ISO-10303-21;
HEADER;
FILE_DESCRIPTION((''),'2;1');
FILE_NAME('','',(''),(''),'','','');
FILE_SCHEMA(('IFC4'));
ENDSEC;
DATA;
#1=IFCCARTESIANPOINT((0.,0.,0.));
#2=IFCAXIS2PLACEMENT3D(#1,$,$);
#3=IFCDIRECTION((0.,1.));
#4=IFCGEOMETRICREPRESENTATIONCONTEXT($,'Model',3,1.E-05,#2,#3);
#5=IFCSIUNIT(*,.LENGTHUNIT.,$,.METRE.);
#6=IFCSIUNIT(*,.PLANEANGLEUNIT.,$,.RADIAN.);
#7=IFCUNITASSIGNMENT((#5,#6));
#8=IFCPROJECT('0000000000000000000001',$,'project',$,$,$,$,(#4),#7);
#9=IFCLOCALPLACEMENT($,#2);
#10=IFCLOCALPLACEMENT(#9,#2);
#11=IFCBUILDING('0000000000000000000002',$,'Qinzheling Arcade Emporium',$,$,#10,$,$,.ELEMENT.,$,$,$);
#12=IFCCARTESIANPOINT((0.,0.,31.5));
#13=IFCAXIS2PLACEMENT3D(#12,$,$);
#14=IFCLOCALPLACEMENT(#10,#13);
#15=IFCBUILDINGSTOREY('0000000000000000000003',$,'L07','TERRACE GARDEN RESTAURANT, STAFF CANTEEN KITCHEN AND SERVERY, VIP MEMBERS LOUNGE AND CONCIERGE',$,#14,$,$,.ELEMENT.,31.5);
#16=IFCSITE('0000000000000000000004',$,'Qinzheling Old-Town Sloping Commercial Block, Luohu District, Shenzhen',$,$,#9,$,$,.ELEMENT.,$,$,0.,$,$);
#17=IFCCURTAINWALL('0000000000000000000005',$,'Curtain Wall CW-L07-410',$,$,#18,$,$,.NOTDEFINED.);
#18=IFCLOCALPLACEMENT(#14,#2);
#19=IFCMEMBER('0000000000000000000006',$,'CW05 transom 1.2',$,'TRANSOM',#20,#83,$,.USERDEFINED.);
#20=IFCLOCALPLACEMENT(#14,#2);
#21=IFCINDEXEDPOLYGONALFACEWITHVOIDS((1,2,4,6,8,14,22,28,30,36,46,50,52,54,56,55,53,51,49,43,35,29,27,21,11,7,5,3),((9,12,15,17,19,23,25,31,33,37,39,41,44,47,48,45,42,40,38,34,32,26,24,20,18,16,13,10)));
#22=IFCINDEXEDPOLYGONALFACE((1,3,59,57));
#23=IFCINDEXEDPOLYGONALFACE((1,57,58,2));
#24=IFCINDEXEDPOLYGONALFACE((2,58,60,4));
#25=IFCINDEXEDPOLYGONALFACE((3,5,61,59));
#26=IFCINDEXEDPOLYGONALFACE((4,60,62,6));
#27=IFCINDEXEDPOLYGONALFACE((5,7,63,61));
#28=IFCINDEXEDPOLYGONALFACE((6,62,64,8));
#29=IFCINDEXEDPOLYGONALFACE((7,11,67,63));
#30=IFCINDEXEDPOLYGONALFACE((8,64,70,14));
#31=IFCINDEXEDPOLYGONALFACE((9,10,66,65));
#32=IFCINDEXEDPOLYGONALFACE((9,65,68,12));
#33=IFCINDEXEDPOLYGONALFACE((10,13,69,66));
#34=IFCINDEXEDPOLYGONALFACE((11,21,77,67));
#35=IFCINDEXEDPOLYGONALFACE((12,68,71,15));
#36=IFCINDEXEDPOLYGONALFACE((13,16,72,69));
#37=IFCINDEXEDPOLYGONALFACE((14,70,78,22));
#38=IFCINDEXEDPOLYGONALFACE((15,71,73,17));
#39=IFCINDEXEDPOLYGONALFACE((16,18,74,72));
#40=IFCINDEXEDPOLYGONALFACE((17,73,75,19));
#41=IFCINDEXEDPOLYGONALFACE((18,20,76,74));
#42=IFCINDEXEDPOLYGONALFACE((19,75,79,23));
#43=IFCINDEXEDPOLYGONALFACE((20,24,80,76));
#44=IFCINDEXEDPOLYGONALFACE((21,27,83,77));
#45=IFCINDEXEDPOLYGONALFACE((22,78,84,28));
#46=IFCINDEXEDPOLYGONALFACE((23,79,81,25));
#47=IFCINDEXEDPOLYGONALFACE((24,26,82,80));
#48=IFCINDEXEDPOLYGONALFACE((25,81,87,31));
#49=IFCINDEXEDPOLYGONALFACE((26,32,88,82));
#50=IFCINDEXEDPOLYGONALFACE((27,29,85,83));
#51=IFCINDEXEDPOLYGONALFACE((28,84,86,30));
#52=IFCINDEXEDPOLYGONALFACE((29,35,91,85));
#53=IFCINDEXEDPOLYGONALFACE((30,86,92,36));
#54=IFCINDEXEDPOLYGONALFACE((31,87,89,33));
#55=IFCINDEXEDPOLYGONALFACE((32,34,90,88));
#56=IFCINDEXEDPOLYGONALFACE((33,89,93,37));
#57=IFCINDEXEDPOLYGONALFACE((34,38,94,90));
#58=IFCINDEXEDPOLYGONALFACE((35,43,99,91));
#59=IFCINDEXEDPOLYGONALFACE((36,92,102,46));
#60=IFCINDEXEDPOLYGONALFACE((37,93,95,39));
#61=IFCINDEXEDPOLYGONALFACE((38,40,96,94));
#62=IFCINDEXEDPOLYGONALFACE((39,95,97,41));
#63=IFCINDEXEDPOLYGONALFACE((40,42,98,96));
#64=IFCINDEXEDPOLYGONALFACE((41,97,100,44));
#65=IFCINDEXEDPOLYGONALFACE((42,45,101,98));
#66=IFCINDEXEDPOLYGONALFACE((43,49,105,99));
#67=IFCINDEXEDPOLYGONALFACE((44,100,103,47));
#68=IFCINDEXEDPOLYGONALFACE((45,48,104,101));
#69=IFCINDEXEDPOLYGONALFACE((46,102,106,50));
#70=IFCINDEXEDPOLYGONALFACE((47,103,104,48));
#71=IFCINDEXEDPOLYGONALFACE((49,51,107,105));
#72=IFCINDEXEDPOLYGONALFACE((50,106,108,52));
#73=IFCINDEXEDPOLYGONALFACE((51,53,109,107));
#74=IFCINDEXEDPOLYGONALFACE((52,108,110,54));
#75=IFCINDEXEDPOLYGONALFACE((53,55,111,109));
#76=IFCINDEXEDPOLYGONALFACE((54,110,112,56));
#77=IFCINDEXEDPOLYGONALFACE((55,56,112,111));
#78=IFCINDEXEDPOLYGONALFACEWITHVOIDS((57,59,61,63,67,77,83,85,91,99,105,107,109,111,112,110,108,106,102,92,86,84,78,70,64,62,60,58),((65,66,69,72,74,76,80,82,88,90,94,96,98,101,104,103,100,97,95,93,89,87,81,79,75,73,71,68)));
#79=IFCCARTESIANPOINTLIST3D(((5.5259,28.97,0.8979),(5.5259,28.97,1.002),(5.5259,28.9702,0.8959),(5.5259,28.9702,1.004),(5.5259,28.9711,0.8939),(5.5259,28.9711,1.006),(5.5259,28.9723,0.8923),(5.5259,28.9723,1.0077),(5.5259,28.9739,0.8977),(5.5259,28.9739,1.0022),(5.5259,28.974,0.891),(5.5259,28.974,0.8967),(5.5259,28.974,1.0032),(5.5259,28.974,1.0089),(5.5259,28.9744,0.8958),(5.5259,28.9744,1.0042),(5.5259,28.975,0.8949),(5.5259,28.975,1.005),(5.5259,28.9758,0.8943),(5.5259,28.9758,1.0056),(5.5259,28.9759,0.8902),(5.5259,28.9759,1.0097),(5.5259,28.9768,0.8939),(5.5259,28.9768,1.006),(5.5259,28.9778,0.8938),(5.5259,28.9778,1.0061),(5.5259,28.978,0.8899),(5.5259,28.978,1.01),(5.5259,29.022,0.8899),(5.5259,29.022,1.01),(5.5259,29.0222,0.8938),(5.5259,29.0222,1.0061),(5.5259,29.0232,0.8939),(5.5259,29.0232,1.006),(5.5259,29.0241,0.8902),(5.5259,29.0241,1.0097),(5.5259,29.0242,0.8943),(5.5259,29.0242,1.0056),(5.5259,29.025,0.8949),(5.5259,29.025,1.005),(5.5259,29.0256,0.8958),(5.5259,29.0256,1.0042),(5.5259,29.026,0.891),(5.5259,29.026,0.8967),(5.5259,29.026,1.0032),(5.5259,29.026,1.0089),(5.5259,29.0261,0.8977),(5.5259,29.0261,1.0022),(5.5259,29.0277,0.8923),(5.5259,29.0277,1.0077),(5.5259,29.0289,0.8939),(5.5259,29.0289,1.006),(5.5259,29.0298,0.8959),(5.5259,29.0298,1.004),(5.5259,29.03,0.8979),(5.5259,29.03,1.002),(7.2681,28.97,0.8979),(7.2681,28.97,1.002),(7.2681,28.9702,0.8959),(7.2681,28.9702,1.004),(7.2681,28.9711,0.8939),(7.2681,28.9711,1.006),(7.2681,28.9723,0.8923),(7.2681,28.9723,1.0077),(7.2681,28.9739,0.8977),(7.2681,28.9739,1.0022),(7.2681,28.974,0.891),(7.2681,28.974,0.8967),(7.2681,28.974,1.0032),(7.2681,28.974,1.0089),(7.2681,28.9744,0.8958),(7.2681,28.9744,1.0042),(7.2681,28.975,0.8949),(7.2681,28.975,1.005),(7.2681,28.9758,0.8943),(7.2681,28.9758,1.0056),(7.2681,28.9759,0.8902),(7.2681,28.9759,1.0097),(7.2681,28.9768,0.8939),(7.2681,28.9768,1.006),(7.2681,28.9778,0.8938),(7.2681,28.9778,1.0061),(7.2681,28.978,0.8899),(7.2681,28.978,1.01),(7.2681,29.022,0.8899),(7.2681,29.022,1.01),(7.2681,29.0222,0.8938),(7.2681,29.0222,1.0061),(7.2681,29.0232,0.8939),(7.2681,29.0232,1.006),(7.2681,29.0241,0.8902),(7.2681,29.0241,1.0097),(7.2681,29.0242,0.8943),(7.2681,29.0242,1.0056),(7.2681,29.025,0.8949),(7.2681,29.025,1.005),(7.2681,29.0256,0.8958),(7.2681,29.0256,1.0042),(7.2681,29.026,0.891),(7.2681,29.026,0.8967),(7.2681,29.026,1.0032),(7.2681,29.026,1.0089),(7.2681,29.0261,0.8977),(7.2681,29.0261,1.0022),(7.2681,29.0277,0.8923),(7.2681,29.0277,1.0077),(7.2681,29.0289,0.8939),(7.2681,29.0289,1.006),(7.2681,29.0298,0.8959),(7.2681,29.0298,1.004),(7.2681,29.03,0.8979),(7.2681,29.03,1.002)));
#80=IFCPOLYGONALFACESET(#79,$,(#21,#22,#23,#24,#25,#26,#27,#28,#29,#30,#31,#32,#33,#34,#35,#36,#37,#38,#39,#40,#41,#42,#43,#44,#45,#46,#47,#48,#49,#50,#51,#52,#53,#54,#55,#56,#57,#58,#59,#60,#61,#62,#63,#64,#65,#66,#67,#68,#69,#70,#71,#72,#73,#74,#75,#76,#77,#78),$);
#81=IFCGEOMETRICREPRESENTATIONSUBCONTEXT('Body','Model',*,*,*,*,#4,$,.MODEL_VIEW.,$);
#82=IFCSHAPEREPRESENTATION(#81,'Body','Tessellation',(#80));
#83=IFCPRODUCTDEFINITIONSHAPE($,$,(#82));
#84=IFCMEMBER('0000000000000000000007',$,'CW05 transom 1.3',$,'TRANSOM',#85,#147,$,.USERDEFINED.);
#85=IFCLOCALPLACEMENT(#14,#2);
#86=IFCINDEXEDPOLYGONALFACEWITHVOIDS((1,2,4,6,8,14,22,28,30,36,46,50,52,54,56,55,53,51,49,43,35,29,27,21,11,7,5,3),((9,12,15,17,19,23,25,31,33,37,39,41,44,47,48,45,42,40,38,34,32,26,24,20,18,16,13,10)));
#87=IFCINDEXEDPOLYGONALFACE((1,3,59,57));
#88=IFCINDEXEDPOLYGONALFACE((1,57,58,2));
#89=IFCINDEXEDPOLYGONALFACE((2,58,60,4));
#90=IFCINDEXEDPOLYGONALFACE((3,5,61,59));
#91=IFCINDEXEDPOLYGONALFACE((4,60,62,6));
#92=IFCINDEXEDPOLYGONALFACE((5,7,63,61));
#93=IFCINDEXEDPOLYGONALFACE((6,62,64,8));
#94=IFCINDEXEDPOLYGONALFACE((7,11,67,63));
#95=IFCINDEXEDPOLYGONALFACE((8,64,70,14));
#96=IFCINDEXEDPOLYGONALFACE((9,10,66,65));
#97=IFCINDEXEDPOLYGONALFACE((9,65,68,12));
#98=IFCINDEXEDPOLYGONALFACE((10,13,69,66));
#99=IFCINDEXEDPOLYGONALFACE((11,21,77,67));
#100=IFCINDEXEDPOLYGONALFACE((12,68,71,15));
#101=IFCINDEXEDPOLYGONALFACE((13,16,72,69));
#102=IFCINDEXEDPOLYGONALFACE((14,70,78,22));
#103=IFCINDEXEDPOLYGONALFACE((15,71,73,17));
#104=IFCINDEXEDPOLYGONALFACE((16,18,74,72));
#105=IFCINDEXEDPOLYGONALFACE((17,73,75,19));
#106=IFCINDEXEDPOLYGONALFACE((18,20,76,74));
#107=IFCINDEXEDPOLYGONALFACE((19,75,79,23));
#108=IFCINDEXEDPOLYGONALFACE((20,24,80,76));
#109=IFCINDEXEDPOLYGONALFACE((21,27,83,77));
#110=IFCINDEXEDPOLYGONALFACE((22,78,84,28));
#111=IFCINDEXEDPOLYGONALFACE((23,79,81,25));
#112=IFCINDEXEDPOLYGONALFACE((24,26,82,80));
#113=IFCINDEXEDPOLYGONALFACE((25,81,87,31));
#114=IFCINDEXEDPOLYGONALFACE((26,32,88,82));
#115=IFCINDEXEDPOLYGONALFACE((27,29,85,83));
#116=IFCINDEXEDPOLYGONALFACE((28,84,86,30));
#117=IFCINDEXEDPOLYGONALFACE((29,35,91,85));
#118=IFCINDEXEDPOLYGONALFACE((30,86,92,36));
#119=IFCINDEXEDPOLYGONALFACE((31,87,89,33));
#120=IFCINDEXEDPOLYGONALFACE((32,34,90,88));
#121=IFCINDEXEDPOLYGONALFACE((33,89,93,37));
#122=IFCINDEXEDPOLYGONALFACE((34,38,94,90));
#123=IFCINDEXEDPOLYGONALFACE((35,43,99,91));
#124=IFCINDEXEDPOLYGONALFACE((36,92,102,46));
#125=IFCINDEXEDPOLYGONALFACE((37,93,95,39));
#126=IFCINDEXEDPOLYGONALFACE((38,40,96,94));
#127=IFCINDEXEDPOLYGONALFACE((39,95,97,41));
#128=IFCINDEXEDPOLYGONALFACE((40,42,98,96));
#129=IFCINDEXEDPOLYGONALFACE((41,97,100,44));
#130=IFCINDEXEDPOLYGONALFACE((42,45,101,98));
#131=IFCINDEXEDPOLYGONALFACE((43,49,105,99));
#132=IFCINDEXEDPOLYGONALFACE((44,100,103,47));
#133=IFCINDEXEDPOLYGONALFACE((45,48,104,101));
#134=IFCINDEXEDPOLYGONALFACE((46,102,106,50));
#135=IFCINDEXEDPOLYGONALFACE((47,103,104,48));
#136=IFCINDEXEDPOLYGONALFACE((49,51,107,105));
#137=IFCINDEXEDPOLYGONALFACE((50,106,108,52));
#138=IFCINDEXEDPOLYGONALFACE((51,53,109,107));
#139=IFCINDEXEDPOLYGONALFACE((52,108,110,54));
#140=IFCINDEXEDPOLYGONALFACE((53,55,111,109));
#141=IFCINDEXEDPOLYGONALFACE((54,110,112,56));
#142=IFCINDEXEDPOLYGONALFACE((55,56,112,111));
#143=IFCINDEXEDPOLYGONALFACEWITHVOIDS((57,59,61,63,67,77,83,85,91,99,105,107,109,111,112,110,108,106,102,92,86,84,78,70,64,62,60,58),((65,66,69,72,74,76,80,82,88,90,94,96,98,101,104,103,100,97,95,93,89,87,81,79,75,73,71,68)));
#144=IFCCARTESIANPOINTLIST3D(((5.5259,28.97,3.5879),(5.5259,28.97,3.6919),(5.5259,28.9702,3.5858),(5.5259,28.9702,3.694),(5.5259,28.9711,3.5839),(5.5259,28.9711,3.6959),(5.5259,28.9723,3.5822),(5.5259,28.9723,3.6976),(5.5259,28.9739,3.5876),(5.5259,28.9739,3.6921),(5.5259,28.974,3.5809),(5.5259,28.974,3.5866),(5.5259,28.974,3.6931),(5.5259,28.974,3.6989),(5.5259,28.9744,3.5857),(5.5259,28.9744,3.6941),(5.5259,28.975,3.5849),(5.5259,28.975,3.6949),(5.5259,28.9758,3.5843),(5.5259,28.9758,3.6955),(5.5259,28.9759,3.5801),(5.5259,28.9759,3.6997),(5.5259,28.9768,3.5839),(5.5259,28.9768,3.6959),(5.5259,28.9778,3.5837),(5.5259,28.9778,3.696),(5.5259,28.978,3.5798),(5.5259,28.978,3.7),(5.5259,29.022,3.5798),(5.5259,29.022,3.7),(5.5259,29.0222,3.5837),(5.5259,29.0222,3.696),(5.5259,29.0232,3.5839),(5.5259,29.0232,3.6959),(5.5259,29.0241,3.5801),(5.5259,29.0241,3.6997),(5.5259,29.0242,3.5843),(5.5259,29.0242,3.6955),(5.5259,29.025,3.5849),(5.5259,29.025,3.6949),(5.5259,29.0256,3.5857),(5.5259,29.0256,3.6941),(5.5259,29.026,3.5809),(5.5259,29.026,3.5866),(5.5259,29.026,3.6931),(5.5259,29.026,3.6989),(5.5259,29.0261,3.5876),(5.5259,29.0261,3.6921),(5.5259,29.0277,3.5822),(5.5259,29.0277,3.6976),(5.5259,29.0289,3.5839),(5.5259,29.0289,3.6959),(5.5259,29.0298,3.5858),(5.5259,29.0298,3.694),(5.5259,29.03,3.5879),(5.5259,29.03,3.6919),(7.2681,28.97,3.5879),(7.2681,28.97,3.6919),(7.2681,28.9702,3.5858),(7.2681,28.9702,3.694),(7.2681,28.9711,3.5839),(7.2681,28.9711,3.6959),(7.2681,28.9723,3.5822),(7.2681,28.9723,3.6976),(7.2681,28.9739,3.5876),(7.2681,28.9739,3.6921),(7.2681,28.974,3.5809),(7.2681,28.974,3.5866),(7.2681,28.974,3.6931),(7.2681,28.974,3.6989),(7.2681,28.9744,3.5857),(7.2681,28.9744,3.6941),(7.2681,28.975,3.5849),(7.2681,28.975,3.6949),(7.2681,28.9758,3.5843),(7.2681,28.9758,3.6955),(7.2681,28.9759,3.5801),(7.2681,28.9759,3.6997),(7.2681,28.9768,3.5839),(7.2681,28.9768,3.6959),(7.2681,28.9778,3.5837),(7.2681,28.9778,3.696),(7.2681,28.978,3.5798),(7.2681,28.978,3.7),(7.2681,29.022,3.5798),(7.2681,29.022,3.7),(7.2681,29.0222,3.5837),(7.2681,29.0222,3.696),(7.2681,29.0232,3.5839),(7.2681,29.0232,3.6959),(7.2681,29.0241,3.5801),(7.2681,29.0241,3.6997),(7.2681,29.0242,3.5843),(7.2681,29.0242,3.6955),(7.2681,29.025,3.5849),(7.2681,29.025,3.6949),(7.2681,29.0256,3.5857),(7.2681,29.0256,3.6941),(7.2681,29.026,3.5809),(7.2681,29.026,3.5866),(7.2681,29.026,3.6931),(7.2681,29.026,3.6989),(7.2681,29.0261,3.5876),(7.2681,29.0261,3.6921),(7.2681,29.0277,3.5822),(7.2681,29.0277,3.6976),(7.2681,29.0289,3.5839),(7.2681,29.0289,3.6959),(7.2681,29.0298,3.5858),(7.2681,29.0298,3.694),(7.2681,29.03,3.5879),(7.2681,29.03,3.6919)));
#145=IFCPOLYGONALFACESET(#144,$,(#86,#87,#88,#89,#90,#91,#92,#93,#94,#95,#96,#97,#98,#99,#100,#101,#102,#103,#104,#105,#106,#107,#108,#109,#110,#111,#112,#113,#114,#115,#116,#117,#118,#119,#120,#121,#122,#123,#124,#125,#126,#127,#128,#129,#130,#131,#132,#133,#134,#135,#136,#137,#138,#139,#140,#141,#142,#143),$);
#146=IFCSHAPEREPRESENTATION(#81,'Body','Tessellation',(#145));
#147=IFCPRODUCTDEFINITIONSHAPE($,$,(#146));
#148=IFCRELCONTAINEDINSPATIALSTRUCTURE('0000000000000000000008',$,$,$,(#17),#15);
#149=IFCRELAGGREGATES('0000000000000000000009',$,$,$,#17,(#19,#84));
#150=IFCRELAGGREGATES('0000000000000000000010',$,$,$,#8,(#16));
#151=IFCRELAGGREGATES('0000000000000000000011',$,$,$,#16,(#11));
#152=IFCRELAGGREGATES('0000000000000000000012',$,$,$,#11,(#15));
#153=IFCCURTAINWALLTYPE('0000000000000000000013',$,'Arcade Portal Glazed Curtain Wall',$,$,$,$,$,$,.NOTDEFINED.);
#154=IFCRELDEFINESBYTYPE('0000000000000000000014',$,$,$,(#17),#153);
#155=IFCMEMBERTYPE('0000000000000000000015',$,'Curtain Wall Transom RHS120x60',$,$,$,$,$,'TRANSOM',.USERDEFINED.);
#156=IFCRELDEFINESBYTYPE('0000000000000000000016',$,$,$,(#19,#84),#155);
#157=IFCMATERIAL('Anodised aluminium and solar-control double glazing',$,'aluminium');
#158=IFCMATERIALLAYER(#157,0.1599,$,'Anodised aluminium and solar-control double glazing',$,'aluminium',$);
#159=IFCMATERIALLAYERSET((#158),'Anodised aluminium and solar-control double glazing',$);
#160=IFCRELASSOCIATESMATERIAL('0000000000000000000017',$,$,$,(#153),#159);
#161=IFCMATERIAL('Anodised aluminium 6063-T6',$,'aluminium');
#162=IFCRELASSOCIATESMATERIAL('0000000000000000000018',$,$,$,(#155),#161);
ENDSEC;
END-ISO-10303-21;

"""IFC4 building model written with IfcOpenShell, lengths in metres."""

from ifc_helpers import new_model, si_unit, direction, frame, origin, origin_2d, place, context, subcontext, project, spatial, hollow_rectangle, extrude, material, layer, layer_set, material_profile, profile_set, type_object, element, aggregate, save


model = new_model("IFC4")

# Units and contexts
model_context = context("Model", 3, precision=1e-05, world=origin(), true_north=direction((0.0, 1.0)))
body_context = subcontext(model_context, "Body", "Model", "MODEL_VIEW")
ifc_project = project(units=[si_unit("LENGTHUNIT", "METRE"), si_unit("PLANEANGLEUNIT", "RADIAN")], contexts=[model_context])

# Site, building, storey
site_placement = place(None, origin())
site = spatial("IfcSite", under=ifc_project, at=site_placement, Name="Qinzheling Old-Town Sloping Commercial Block, Luohu District, Shenzhen", CompositionType="ELEMENT", RefElevation=0.0)
building_placement = place(site_placement, origin())
building = spatial("IfcBuilding", under=site, at=building_placement, Name="Qinzheling Arcade Emporium", CompositionType="ELEMENT")
storey_placement = place(building_placement, frame((0.0, 0.0, 31.5)))
storey = spatial("IfcBuildingStorey", under=building, at=storey_placement, Name="L07", Description="TERRACE GARDEN RESTAURANT, STAFF CANTEEN KITCHEN AND SERVERY, VIP MEMBERS LOUNGE AND CONCIERGE", CompositionType="ELEMENT", Elevation=31.5)

# Curtain wall
ifc_material_1 = material(Name="Anodised aluminium and solar-control double glazing", Category="aluminium")
ifc_layer_1 = layer(ifc_material_1, 0.1599, Name="Anodised aluminium and solar-control double glazing", Category="aluminium")
ifc_layer_set_1 = layer_set([ifc_layer_1], Name="Anodised aluminium and solar-control double glazing")
curtain_wall_type = type_object("IfcCurtainWallType", Name="Arcade Portal Glazed Curtain Wall", PredefinedType="NOTDEFINED", material=ifc_layer_set_1)
ifc_material_2 = material(Name="Anodised aluminium 6063-T6", Category="aluminium")
curtain_wall_1_placement = place(storey_placement, origin())
curtain_wall_1 = element("IfcCurtainWall", 1, at=curtain_wall_1_placement, inside=storey, type_object=curtain_wall_type, Name="Curtain Wall CW-L07-410", PredefinedType="NOTDEFINED")

# Members
ifc_material_profile_1 = material_profile(ifc_material_2, hollow_rectangle(XDim=0.0601, YDim=0.1201, WallThickness=0.0039, InnerFilletRadius=0.0039, OuterFilletRadius=0.0081, at=origin_2d()), Name="RHS 120x60x4", Category="aluminium")
ifc_profile_set_1 = profile_set([ifc_material_profile_1], Name="Anodised aluminium 6063-T6")
member_type_1 = type_object("IfcMemberType", Name="Curtain Wall Transom RHS120x60", ElementType="TRANSOM", PredefinedType="USERDEFINED", material=ifc_profile_set_1)
member_1_placement = place(storey_placement, frame((7.2681, 29.0, 0.95), z_axis=(-1.0, 0.0, 0.0), x_axis=(0.0, -1.0, 0.0)))
member_1 = element("IfcMember", 2, at=member_1_placement, type_object=member_type_1, Name="CW05 transom 1.2", ObjectType="TRANSOM", PredefinedType="USERDEFINED", context=body_context, shape_type="SweptSolid", body=[
    extrude(hollow_rectangle(XDim=0.0601, YDim=0.1201, WallThickness=0.0039, InnerFilletRadius=0.0039, OuterFilletRadius=0.0081, at=origin_2d()), origin(), (0.0, 0.0, 1.0), 1.7422),
])
member_2_placement = place(storey_placement, frame((7.2681, 29.0, 3.6399), z_axis=(-1.0, 0.0, 0.0), x_axis=(0.0, -1.0, 0.0)))
member_2 = element("IfcMember", 3, at=member_2_placement, type_object=member_type_1, Name="CW05 transom 1.3", ObjectType="TRANSOM", PredefinedType="USERDEFINED", context=body_context, shape_type="SweptSolid", body=[
    extrude(hollow_rectangle(XDim=0.0601, YDim=0.1201, WallThickness=0.0039, InnerFilletRadius=0.0039, OuterFilletRadius=0.0081, at=origin_2d()), origin(), (0.0, 0.0, 1.0), 1.7422),
])

aggregate(curtain_wall_1, [member_1, member_2])

save(model, "model.ifc")
